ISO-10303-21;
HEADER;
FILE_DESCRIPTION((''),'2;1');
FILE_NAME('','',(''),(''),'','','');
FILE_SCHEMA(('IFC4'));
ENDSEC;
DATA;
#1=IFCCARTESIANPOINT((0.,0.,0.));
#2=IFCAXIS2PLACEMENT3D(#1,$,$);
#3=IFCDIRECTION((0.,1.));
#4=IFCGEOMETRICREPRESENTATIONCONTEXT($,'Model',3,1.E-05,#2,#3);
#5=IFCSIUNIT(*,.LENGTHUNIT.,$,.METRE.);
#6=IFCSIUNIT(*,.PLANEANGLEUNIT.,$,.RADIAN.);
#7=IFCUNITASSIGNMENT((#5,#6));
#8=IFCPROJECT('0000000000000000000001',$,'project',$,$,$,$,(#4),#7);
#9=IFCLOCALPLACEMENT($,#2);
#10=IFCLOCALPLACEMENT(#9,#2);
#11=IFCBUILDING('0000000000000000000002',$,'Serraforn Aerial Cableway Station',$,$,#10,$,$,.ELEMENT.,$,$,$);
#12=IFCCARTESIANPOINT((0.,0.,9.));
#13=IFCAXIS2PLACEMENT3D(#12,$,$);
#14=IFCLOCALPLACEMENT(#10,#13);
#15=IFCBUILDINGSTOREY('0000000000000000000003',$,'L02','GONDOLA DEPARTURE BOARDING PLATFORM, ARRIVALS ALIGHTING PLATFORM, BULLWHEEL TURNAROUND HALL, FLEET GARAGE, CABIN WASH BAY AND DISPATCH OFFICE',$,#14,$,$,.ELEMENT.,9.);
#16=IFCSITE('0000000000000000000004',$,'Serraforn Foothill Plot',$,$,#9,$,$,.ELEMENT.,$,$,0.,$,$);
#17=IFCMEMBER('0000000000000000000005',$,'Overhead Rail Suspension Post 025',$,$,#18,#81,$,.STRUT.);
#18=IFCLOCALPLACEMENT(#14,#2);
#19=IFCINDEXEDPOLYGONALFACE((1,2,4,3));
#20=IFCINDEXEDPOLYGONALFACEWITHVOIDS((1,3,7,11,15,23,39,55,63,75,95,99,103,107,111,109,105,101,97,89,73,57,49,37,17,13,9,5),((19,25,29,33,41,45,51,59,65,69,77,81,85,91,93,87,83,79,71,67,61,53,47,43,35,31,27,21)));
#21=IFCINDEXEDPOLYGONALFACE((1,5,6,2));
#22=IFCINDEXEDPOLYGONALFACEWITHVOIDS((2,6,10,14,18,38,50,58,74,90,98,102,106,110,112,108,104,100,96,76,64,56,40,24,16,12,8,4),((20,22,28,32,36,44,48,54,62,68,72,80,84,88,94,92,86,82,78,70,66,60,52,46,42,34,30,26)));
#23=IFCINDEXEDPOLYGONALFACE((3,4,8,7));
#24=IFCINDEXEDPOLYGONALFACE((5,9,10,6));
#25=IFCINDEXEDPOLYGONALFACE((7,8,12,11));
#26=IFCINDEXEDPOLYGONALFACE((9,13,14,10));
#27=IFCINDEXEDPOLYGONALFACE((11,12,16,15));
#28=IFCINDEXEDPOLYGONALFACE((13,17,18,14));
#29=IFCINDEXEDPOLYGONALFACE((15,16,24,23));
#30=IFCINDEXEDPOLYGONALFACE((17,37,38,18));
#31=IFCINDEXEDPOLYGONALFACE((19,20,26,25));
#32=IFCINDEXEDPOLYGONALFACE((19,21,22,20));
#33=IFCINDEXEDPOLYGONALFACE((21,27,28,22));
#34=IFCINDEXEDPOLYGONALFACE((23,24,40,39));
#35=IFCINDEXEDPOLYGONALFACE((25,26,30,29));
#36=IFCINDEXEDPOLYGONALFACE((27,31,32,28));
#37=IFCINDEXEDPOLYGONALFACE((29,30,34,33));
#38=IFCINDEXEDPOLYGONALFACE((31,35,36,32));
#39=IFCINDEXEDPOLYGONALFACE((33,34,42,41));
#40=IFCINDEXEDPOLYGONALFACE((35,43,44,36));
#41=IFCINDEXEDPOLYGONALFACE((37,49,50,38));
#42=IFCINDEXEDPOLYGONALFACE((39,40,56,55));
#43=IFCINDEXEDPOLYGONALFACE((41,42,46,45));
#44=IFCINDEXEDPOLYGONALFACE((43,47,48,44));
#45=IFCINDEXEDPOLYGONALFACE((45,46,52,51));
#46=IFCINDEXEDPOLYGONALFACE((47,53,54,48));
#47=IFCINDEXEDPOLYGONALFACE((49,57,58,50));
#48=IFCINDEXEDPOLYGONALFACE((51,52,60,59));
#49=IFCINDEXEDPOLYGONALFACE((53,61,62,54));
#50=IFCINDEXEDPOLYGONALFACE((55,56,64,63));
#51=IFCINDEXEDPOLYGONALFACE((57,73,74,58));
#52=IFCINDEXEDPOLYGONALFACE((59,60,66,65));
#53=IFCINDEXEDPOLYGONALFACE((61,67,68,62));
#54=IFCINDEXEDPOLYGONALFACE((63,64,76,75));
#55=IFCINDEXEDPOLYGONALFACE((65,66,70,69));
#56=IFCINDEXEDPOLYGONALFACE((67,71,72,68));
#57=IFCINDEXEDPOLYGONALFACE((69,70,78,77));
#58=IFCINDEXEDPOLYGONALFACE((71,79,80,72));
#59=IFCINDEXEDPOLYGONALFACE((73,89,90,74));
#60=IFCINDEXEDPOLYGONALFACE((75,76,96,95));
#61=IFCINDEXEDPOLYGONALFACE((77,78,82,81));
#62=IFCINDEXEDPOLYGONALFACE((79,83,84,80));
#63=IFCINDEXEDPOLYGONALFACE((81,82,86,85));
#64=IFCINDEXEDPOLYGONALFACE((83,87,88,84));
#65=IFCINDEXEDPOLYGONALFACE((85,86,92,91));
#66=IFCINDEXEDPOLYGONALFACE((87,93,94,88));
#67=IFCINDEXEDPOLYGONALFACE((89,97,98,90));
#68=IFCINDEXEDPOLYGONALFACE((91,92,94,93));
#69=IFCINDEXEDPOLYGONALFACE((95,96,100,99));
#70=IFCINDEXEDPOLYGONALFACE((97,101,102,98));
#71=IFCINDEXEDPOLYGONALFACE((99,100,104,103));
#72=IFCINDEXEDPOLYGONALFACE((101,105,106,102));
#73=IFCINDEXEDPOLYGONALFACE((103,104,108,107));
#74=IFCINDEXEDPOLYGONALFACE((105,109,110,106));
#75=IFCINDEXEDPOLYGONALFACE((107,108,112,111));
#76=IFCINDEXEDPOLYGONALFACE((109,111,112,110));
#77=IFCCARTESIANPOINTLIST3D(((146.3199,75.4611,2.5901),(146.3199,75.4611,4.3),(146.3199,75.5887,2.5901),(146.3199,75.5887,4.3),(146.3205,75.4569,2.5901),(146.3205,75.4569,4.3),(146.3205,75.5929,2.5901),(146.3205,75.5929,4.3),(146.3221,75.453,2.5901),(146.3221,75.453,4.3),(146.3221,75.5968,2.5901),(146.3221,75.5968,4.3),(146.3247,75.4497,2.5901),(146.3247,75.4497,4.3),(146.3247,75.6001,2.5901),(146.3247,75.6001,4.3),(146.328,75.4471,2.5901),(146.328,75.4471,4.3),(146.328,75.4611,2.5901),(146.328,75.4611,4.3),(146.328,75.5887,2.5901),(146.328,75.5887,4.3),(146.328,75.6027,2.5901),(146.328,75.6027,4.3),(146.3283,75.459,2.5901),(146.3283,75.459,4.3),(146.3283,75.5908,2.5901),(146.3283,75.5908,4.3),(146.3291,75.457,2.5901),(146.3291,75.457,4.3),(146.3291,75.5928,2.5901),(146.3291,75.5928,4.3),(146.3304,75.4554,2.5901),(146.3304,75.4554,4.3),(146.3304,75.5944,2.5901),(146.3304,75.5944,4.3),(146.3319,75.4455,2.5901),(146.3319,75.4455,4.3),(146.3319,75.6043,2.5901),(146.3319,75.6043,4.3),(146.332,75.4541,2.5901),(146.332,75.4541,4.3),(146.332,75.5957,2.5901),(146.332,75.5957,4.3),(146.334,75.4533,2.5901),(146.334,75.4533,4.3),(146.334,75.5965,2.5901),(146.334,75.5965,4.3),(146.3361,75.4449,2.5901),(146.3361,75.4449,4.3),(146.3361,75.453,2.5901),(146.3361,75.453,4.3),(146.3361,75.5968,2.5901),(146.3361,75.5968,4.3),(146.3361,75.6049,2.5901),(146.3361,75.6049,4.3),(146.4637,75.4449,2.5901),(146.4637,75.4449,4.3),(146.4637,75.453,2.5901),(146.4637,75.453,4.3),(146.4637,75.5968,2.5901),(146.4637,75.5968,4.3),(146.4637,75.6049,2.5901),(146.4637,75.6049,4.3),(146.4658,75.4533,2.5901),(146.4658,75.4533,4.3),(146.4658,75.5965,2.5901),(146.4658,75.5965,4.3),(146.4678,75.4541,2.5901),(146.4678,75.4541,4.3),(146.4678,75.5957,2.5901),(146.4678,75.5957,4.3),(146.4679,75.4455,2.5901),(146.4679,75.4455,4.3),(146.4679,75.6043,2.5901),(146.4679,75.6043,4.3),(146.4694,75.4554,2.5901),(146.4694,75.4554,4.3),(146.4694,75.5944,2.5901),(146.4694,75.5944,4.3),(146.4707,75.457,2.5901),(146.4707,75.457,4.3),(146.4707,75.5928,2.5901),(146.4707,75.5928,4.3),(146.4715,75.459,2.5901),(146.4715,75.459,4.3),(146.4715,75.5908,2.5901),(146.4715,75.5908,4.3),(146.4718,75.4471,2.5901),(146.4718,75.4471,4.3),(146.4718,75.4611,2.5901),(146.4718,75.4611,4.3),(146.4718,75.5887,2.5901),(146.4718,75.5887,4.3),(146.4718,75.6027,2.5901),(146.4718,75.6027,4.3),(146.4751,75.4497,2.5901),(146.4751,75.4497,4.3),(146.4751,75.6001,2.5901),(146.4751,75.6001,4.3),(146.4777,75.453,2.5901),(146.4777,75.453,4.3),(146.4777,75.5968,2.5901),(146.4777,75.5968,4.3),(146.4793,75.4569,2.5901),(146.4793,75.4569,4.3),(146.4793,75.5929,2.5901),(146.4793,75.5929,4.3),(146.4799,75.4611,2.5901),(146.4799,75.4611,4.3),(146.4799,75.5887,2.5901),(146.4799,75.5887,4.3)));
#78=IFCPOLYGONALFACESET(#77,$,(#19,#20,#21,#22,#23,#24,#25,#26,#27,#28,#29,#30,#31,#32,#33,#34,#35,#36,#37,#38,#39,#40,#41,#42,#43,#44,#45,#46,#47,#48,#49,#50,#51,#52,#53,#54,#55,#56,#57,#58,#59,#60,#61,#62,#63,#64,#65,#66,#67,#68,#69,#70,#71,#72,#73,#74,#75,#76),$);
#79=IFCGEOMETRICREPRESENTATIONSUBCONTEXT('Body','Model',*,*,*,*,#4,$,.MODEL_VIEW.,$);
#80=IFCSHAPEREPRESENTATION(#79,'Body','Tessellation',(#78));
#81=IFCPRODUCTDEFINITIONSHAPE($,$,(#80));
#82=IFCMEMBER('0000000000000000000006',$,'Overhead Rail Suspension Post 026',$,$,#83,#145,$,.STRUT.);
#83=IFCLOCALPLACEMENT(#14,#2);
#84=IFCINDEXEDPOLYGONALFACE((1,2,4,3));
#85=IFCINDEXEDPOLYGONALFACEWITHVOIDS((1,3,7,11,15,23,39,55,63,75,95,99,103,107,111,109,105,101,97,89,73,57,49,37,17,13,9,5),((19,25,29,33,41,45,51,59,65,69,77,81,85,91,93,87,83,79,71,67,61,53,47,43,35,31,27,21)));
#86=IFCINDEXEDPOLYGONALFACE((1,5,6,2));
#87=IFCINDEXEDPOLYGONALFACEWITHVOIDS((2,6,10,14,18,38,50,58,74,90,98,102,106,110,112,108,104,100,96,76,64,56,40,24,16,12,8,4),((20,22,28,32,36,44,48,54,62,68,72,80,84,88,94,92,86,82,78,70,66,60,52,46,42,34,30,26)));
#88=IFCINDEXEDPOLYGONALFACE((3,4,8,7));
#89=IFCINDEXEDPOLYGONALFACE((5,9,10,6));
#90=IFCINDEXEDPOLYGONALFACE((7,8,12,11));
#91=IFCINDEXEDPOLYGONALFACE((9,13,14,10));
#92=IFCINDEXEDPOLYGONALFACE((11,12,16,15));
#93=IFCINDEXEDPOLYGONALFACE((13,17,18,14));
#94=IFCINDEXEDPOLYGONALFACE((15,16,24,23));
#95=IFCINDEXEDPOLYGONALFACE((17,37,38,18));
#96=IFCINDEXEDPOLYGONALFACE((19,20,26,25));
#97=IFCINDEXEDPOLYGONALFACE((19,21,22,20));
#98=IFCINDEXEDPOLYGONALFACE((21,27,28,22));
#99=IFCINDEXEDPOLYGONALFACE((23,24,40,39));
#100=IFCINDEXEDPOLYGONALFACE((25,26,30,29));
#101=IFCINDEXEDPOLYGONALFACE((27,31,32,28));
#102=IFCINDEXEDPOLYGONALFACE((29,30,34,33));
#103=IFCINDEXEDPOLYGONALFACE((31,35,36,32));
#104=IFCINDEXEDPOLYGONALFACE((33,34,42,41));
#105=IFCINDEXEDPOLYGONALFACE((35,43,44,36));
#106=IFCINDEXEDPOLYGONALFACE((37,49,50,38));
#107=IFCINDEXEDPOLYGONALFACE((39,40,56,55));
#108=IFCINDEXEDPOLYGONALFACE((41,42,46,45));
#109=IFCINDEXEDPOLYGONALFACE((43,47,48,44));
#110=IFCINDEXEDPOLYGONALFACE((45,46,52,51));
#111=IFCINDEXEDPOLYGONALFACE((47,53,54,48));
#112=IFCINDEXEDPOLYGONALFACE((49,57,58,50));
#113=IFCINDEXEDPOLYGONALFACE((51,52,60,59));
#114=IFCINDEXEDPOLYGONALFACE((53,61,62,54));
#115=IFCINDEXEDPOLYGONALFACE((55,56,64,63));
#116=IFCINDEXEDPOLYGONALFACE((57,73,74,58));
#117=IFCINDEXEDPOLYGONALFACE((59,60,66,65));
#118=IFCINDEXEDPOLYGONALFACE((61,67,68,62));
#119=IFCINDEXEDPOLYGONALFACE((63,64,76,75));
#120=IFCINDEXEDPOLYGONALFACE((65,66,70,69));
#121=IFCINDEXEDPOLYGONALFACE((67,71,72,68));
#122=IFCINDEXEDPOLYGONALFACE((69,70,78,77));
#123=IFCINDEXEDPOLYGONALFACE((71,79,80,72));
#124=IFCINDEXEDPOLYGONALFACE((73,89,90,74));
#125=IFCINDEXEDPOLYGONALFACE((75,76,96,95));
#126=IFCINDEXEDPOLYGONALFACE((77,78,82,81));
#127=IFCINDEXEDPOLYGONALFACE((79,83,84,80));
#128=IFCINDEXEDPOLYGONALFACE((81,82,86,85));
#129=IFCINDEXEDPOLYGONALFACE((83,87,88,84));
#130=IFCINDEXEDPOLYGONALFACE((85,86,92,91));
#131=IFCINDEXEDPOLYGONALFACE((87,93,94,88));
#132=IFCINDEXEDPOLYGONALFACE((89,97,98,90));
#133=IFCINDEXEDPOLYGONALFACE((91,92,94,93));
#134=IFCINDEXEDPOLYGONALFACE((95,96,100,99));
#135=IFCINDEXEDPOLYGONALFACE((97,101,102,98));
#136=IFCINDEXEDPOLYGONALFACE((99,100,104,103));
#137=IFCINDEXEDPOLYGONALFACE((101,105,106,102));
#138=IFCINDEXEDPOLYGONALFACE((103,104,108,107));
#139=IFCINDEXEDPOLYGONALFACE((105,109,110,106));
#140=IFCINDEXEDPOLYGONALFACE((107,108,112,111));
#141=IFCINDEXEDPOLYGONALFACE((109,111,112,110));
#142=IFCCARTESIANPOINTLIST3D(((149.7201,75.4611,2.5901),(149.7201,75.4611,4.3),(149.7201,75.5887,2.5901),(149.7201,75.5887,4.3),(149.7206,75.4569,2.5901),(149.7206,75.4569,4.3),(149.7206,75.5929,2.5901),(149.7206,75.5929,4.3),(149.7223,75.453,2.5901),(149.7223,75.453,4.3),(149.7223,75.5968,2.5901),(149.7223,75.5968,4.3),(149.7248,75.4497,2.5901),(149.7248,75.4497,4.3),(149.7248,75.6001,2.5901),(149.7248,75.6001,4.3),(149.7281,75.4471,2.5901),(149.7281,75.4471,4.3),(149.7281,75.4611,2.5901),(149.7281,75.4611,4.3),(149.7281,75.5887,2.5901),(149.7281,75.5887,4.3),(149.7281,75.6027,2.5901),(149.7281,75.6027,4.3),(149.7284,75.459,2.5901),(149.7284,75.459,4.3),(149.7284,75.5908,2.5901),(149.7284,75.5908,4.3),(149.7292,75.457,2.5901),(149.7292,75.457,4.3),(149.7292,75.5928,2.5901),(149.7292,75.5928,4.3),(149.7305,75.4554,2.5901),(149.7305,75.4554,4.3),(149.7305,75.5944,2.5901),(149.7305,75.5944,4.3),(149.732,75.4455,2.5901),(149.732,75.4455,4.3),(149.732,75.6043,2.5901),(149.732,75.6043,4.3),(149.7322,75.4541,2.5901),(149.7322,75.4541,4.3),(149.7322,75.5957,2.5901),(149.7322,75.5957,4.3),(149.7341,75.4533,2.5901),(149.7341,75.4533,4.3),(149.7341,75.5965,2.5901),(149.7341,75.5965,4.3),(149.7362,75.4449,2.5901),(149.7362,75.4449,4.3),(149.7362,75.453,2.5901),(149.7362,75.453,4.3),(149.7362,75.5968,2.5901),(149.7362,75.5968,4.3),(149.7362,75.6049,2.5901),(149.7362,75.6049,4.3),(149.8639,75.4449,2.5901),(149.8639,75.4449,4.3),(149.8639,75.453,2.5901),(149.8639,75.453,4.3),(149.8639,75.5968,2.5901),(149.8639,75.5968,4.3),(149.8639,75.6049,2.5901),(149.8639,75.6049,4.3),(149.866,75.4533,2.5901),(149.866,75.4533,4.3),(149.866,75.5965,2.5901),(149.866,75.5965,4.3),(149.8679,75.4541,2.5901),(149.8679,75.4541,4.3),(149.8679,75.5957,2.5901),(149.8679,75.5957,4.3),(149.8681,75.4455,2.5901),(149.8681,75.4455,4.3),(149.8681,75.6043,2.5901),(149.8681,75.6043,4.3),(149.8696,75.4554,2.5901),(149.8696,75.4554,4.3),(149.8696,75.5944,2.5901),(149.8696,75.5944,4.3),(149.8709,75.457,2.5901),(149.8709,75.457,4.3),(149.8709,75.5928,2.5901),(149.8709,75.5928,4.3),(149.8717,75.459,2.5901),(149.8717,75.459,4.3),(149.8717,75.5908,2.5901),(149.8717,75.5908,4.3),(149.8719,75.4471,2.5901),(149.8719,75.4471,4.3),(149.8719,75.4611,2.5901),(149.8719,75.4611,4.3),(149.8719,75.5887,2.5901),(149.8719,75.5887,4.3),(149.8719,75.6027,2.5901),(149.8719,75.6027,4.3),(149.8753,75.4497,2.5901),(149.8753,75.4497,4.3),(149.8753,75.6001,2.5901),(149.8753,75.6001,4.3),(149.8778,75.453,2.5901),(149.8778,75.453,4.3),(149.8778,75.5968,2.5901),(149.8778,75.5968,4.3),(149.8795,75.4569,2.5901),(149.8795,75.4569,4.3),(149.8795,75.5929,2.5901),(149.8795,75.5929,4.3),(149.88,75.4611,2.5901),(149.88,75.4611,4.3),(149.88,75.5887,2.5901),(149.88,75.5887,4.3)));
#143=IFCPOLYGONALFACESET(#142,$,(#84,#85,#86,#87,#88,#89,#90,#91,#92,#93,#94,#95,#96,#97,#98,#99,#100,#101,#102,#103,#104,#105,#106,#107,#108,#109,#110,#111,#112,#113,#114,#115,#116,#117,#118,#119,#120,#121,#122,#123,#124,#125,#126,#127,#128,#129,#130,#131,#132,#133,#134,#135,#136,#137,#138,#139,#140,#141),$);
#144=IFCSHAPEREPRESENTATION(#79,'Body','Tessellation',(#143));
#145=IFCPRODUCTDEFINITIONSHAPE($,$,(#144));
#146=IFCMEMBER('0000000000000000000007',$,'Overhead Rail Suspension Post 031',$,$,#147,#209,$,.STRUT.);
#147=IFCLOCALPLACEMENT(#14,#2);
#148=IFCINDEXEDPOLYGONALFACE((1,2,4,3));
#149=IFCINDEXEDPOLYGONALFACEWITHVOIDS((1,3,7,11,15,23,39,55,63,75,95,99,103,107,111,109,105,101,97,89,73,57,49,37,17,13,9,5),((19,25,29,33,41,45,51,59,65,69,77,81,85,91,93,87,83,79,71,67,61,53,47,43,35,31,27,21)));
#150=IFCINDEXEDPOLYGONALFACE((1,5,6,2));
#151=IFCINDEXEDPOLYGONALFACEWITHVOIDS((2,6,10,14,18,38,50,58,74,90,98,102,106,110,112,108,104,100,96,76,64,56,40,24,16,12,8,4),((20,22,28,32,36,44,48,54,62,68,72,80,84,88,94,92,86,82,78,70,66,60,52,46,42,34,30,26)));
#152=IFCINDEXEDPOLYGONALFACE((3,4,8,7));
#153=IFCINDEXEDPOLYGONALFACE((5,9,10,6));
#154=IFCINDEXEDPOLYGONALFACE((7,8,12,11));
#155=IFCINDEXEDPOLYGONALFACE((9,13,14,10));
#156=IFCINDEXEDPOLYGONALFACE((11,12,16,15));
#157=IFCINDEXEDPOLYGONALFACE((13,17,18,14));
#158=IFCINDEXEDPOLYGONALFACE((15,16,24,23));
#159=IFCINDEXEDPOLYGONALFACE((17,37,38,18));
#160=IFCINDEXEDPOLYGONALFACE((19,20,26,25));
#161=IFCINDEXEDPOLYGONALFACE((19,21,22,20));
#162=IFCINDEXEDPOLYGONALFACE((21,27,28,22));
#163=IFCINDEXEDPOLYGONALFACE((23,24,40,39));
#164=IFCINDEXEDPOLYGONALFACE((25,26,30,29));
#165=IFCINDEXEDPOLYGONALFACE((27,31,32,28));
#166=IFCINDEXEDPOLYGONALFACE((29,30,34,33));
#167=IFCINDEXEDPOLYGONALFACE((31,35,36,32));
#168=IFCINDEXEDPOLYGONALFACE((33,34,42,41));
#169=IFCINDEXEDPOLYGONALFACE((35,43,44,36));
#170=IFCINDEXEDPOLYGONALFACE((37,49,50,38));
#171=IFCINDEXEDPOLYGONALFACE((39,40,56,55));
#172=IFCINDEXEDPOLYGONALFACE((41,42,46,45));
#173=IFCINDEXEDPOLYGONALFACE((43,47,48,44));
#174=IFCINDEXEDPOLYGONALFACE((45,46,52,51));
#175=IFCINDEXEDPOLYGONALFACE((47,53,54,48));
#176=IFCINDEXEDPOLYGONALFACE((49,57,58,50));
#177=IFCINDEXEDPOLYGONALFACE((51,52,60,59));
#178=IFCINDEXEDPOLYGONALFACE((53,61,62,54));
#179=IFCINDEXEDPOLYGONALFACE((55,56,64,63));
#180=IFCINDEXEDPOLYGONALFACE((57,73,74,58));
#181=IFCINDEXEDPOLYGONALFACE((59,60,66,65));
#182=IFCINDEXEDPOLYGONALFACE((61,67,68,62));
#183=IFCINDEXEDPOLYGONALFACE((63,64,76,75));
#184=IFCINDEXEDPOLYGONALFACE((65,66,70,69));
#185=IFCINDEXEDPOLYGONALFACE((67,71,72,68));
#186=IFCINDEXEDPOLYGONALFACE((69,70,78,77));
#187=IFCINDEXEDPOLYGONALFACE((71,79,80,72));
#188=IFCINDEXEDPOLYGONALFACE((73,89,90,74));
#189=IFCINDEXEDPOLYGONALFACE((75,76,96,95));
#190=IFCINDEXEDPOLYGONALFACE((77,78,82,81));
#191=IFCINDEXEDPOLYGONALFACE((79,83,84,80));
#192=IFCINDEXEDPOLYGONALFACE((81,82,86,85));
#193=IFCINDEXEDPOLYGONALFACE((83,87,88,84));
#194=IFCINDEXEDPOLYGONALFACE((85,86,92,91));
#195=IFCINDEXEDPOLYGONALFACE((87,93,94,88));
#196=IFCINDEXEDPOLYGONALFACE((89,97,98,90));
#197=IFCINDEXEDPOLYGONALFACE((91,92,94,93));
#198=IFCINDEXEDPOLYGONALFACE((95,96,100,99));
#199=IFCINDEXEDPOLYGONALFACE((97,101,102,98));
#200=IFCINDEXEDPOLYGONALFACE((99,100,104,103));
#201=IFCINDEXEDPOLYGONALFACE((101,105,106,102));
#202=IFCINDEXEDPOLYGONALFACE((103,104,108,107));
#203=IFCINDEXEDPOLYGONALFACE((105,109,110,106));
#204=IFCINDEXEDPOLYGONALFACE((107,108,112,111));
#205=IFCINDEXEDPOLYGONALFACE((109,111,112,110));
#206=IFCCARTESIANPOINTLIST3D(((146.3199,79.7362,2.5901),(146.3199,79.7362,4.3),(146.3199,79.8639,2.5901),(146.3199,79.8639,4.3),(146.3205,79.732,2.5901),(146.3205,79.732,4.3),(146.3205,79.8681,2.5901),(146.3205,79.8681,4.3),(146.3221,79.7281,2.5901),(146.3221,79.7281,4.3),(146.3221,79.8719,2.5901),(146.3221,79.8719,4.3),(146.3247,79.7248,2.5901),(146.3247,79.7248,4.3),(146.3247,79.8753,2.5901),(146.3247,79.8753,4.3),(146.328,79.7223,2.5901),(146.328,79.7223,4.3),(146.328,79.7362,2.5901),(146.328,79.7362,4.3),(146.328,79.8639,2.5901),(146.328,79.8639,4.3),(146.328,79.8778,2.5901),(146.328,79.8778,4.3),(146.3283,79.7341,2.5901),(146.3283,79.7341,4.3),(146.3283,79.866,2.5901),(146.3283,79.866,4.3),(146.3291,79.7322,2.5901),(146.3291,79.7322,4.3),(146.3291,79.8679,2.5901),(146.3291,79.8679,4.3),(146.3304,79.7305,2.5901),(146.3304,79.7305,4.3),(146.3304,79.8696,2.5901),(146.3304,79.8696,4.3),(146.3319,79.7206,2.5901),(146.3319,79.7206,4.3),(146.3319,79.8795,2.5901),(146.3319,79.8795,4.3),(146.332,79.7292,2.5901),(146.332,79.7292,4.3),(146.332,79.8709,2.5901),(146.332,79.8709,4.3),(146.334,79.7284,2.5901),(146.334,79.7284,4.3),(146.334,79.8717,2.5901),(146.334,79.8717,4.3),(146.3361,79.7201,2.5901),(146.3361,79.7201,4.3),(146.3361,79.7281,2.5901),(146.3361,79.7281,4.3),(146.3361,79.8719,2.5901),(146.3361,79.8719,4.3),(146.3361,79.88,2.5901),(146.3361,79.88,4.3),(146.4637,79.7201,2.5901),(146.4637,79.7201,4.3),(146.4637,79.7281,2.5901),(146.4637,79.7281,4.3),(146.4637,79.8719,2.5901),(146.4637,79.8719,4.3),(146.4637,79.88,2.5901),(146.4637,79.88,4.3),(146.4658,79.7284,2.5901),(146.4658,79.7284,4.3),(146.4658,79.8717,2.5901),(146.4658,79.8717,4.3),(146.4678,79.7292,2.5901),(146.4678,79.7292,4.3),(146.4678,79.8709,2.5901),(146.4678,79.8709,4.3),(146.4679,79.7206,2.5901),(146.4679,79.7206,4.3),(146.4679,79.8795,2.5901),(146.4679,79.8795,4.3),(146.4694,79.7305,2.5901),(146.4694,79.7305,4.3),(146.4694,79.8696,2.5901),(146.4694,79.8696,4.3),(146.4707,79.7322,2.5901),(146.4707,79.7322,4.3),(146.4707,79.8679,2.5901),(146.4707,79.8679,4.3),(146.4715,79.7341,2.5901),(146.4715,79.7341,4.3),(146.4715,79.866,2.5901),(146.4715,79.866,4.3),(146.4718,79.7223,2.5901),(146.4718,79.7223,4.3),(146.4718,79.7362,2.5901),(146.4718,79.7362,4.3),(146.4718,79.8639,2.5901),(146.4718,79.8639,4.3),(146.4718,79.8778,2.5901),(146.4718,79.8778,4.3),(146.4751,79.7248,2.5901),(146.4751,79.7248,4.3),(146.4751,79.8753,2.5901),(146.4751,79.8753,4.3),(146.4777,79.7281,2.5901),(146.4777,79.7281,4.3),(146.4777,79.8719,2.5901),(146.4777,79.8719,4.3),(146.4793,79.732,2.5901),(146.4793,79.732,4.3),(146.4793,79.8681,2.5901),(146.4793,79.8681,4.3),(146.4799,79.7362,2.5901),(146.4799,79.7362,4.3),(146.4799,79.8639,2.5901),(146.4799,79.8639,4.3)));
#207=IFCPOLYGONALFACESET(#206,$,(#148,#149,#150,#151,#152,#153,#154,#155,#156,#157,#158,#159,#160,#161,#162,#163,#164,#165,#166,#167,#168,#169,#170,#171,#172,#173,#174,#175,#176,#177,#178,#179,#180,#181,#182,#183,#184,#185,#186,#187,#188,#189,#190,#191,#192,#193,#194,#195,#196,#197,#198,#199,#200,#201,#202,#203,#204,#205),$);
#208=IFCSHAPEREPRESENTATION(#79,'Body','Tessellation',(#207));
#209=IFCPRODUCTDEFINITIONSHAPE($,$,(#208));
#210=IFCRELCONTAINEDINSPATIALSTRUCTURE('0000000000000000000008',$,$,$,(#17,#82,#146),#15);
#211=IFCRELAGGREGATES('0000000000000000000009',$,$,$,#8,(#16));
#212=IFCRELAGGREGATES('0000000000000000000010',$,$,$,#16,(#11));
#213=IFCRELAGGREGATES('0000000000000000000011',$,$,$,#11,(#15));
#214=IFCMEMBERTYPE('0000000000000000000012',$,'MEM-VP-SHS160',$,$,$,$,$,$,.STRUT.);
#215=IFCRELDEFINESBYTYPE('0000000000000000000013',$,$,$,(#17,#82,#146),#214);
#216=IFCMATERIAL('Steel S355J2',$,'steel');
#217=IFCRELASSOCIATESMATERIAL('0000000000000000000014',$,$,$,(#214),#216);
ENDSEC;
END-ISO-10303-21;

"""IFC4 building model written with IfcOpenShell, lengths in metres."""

from ifc_helpers import new_model, si_unit, direction, frame, origin, origin_2d, place, context, subcontext, project, spatial, hollow_rectangle, extrude, material, material_profile, profile_set, type_object, element, save


model = new_model("IFC4")

# Units and contexts
model_context = context("Model", 3, precision=1e-05, world=origin(), true_north=direction((0.0, 1.0)))
body_context = subcontext(model_context, "Body", "Model", "MODEL_VIEW")
ifc_project = project(units=[si_unit("LENGTHUNIT", "METRE"), si_unit("PLANEANGLEUNIT", "RADIAN")], contexts=[model_context])

# Site, building, storey
site_placement = place(None, origin())
site = spatial("IfcSite", under=ifc_project, at=site_placement, Name="Serraforn Foothill Plot", CompositionType="ELEMENT", RefElevation=0.0)
building_placement = place(site_placement, origin())
building = spatial("IfcBuilding", under=site, at=building_placement, Name="Serraforn Aerial Cableway Station", CompositionType="ELEMENT")
storey_placement = place(building_placement, frame((0.0, 0.0, 9.0)))
storey = spatial("IfcBuildingStorey", under=building, at=storey_placement, Name="L02", Description="GONDOLA DEPARTURE BOARDING PLATFORM, ARRIVALS ALIGHTING PLATFORM, BULLWHEEL TURNAROUND HALL, FLEET GARAGE, CABIN WASH BAY AND DISPATCH OFFICE", CompositionType="ELEMENT", Elevation=9.0)

# Members
ifc_material_1 = material(Name="Steel S355J2", Category="steel")
ifc_material_profile_1 = material_profile(ifc_material_1, hollow_rectangle(XDim=0.1599, YDim=0.1599, WallThickness=0.0081, InnerFilletRadius=0.0081, OuterFilletRadius=0.0161, at=origin_2d()), Name="SHS 160x160x8.0")
ifc_profile_set_1 = profile_set([ifc_material_profile_1], Name="Steel S355J2")
member_type_1 = type_object("IfcMemberType", Name="MEM-VP-SHS160", PredefinedType="STRUT", material=ifc_profile_set_1)
for number, where, z_axis, x_axis, name in (
    (1, (146.3999, 75.5249, 2.5901), (0.0, 0.0, 1.0), (1.0, 0.0, 0.0), "Overhead Rail Suspension Post 025"),
    (2, (149.8, 75.5249, 2.5901), (0.0, 0.0, 1.0), (1.0, 0.0, 0.0), "Overhead Rail Suspension Post 026"),
    (3, (146.3999, 79.8, 2.5901), (0.0, 0.0, 1.0), (1.0, 0.0, 0.0), "Overhead Rail Suspension Post 031"),
):
    element("IfcMember", number, at=place(storey_placement, frame(where, z_axis=z_axis, x_axis=x_axis)), inside=storey, type_object=member_type_1, Name=name, PredefinedType="STRUT", context=body_context, shape_type="SweptSolid", body=[
        extrude(hollow_rectangle(XDim=0.1599, YDim=0.1599, WallThickness=0.0081, InnerFilletRadius=0.0081, OuterFilletRadius=0.0161, at=origin_2d()), origin(), (0.0, 0.0, 1.0), 1.71),
    ])

save(model, "model.ifc")
